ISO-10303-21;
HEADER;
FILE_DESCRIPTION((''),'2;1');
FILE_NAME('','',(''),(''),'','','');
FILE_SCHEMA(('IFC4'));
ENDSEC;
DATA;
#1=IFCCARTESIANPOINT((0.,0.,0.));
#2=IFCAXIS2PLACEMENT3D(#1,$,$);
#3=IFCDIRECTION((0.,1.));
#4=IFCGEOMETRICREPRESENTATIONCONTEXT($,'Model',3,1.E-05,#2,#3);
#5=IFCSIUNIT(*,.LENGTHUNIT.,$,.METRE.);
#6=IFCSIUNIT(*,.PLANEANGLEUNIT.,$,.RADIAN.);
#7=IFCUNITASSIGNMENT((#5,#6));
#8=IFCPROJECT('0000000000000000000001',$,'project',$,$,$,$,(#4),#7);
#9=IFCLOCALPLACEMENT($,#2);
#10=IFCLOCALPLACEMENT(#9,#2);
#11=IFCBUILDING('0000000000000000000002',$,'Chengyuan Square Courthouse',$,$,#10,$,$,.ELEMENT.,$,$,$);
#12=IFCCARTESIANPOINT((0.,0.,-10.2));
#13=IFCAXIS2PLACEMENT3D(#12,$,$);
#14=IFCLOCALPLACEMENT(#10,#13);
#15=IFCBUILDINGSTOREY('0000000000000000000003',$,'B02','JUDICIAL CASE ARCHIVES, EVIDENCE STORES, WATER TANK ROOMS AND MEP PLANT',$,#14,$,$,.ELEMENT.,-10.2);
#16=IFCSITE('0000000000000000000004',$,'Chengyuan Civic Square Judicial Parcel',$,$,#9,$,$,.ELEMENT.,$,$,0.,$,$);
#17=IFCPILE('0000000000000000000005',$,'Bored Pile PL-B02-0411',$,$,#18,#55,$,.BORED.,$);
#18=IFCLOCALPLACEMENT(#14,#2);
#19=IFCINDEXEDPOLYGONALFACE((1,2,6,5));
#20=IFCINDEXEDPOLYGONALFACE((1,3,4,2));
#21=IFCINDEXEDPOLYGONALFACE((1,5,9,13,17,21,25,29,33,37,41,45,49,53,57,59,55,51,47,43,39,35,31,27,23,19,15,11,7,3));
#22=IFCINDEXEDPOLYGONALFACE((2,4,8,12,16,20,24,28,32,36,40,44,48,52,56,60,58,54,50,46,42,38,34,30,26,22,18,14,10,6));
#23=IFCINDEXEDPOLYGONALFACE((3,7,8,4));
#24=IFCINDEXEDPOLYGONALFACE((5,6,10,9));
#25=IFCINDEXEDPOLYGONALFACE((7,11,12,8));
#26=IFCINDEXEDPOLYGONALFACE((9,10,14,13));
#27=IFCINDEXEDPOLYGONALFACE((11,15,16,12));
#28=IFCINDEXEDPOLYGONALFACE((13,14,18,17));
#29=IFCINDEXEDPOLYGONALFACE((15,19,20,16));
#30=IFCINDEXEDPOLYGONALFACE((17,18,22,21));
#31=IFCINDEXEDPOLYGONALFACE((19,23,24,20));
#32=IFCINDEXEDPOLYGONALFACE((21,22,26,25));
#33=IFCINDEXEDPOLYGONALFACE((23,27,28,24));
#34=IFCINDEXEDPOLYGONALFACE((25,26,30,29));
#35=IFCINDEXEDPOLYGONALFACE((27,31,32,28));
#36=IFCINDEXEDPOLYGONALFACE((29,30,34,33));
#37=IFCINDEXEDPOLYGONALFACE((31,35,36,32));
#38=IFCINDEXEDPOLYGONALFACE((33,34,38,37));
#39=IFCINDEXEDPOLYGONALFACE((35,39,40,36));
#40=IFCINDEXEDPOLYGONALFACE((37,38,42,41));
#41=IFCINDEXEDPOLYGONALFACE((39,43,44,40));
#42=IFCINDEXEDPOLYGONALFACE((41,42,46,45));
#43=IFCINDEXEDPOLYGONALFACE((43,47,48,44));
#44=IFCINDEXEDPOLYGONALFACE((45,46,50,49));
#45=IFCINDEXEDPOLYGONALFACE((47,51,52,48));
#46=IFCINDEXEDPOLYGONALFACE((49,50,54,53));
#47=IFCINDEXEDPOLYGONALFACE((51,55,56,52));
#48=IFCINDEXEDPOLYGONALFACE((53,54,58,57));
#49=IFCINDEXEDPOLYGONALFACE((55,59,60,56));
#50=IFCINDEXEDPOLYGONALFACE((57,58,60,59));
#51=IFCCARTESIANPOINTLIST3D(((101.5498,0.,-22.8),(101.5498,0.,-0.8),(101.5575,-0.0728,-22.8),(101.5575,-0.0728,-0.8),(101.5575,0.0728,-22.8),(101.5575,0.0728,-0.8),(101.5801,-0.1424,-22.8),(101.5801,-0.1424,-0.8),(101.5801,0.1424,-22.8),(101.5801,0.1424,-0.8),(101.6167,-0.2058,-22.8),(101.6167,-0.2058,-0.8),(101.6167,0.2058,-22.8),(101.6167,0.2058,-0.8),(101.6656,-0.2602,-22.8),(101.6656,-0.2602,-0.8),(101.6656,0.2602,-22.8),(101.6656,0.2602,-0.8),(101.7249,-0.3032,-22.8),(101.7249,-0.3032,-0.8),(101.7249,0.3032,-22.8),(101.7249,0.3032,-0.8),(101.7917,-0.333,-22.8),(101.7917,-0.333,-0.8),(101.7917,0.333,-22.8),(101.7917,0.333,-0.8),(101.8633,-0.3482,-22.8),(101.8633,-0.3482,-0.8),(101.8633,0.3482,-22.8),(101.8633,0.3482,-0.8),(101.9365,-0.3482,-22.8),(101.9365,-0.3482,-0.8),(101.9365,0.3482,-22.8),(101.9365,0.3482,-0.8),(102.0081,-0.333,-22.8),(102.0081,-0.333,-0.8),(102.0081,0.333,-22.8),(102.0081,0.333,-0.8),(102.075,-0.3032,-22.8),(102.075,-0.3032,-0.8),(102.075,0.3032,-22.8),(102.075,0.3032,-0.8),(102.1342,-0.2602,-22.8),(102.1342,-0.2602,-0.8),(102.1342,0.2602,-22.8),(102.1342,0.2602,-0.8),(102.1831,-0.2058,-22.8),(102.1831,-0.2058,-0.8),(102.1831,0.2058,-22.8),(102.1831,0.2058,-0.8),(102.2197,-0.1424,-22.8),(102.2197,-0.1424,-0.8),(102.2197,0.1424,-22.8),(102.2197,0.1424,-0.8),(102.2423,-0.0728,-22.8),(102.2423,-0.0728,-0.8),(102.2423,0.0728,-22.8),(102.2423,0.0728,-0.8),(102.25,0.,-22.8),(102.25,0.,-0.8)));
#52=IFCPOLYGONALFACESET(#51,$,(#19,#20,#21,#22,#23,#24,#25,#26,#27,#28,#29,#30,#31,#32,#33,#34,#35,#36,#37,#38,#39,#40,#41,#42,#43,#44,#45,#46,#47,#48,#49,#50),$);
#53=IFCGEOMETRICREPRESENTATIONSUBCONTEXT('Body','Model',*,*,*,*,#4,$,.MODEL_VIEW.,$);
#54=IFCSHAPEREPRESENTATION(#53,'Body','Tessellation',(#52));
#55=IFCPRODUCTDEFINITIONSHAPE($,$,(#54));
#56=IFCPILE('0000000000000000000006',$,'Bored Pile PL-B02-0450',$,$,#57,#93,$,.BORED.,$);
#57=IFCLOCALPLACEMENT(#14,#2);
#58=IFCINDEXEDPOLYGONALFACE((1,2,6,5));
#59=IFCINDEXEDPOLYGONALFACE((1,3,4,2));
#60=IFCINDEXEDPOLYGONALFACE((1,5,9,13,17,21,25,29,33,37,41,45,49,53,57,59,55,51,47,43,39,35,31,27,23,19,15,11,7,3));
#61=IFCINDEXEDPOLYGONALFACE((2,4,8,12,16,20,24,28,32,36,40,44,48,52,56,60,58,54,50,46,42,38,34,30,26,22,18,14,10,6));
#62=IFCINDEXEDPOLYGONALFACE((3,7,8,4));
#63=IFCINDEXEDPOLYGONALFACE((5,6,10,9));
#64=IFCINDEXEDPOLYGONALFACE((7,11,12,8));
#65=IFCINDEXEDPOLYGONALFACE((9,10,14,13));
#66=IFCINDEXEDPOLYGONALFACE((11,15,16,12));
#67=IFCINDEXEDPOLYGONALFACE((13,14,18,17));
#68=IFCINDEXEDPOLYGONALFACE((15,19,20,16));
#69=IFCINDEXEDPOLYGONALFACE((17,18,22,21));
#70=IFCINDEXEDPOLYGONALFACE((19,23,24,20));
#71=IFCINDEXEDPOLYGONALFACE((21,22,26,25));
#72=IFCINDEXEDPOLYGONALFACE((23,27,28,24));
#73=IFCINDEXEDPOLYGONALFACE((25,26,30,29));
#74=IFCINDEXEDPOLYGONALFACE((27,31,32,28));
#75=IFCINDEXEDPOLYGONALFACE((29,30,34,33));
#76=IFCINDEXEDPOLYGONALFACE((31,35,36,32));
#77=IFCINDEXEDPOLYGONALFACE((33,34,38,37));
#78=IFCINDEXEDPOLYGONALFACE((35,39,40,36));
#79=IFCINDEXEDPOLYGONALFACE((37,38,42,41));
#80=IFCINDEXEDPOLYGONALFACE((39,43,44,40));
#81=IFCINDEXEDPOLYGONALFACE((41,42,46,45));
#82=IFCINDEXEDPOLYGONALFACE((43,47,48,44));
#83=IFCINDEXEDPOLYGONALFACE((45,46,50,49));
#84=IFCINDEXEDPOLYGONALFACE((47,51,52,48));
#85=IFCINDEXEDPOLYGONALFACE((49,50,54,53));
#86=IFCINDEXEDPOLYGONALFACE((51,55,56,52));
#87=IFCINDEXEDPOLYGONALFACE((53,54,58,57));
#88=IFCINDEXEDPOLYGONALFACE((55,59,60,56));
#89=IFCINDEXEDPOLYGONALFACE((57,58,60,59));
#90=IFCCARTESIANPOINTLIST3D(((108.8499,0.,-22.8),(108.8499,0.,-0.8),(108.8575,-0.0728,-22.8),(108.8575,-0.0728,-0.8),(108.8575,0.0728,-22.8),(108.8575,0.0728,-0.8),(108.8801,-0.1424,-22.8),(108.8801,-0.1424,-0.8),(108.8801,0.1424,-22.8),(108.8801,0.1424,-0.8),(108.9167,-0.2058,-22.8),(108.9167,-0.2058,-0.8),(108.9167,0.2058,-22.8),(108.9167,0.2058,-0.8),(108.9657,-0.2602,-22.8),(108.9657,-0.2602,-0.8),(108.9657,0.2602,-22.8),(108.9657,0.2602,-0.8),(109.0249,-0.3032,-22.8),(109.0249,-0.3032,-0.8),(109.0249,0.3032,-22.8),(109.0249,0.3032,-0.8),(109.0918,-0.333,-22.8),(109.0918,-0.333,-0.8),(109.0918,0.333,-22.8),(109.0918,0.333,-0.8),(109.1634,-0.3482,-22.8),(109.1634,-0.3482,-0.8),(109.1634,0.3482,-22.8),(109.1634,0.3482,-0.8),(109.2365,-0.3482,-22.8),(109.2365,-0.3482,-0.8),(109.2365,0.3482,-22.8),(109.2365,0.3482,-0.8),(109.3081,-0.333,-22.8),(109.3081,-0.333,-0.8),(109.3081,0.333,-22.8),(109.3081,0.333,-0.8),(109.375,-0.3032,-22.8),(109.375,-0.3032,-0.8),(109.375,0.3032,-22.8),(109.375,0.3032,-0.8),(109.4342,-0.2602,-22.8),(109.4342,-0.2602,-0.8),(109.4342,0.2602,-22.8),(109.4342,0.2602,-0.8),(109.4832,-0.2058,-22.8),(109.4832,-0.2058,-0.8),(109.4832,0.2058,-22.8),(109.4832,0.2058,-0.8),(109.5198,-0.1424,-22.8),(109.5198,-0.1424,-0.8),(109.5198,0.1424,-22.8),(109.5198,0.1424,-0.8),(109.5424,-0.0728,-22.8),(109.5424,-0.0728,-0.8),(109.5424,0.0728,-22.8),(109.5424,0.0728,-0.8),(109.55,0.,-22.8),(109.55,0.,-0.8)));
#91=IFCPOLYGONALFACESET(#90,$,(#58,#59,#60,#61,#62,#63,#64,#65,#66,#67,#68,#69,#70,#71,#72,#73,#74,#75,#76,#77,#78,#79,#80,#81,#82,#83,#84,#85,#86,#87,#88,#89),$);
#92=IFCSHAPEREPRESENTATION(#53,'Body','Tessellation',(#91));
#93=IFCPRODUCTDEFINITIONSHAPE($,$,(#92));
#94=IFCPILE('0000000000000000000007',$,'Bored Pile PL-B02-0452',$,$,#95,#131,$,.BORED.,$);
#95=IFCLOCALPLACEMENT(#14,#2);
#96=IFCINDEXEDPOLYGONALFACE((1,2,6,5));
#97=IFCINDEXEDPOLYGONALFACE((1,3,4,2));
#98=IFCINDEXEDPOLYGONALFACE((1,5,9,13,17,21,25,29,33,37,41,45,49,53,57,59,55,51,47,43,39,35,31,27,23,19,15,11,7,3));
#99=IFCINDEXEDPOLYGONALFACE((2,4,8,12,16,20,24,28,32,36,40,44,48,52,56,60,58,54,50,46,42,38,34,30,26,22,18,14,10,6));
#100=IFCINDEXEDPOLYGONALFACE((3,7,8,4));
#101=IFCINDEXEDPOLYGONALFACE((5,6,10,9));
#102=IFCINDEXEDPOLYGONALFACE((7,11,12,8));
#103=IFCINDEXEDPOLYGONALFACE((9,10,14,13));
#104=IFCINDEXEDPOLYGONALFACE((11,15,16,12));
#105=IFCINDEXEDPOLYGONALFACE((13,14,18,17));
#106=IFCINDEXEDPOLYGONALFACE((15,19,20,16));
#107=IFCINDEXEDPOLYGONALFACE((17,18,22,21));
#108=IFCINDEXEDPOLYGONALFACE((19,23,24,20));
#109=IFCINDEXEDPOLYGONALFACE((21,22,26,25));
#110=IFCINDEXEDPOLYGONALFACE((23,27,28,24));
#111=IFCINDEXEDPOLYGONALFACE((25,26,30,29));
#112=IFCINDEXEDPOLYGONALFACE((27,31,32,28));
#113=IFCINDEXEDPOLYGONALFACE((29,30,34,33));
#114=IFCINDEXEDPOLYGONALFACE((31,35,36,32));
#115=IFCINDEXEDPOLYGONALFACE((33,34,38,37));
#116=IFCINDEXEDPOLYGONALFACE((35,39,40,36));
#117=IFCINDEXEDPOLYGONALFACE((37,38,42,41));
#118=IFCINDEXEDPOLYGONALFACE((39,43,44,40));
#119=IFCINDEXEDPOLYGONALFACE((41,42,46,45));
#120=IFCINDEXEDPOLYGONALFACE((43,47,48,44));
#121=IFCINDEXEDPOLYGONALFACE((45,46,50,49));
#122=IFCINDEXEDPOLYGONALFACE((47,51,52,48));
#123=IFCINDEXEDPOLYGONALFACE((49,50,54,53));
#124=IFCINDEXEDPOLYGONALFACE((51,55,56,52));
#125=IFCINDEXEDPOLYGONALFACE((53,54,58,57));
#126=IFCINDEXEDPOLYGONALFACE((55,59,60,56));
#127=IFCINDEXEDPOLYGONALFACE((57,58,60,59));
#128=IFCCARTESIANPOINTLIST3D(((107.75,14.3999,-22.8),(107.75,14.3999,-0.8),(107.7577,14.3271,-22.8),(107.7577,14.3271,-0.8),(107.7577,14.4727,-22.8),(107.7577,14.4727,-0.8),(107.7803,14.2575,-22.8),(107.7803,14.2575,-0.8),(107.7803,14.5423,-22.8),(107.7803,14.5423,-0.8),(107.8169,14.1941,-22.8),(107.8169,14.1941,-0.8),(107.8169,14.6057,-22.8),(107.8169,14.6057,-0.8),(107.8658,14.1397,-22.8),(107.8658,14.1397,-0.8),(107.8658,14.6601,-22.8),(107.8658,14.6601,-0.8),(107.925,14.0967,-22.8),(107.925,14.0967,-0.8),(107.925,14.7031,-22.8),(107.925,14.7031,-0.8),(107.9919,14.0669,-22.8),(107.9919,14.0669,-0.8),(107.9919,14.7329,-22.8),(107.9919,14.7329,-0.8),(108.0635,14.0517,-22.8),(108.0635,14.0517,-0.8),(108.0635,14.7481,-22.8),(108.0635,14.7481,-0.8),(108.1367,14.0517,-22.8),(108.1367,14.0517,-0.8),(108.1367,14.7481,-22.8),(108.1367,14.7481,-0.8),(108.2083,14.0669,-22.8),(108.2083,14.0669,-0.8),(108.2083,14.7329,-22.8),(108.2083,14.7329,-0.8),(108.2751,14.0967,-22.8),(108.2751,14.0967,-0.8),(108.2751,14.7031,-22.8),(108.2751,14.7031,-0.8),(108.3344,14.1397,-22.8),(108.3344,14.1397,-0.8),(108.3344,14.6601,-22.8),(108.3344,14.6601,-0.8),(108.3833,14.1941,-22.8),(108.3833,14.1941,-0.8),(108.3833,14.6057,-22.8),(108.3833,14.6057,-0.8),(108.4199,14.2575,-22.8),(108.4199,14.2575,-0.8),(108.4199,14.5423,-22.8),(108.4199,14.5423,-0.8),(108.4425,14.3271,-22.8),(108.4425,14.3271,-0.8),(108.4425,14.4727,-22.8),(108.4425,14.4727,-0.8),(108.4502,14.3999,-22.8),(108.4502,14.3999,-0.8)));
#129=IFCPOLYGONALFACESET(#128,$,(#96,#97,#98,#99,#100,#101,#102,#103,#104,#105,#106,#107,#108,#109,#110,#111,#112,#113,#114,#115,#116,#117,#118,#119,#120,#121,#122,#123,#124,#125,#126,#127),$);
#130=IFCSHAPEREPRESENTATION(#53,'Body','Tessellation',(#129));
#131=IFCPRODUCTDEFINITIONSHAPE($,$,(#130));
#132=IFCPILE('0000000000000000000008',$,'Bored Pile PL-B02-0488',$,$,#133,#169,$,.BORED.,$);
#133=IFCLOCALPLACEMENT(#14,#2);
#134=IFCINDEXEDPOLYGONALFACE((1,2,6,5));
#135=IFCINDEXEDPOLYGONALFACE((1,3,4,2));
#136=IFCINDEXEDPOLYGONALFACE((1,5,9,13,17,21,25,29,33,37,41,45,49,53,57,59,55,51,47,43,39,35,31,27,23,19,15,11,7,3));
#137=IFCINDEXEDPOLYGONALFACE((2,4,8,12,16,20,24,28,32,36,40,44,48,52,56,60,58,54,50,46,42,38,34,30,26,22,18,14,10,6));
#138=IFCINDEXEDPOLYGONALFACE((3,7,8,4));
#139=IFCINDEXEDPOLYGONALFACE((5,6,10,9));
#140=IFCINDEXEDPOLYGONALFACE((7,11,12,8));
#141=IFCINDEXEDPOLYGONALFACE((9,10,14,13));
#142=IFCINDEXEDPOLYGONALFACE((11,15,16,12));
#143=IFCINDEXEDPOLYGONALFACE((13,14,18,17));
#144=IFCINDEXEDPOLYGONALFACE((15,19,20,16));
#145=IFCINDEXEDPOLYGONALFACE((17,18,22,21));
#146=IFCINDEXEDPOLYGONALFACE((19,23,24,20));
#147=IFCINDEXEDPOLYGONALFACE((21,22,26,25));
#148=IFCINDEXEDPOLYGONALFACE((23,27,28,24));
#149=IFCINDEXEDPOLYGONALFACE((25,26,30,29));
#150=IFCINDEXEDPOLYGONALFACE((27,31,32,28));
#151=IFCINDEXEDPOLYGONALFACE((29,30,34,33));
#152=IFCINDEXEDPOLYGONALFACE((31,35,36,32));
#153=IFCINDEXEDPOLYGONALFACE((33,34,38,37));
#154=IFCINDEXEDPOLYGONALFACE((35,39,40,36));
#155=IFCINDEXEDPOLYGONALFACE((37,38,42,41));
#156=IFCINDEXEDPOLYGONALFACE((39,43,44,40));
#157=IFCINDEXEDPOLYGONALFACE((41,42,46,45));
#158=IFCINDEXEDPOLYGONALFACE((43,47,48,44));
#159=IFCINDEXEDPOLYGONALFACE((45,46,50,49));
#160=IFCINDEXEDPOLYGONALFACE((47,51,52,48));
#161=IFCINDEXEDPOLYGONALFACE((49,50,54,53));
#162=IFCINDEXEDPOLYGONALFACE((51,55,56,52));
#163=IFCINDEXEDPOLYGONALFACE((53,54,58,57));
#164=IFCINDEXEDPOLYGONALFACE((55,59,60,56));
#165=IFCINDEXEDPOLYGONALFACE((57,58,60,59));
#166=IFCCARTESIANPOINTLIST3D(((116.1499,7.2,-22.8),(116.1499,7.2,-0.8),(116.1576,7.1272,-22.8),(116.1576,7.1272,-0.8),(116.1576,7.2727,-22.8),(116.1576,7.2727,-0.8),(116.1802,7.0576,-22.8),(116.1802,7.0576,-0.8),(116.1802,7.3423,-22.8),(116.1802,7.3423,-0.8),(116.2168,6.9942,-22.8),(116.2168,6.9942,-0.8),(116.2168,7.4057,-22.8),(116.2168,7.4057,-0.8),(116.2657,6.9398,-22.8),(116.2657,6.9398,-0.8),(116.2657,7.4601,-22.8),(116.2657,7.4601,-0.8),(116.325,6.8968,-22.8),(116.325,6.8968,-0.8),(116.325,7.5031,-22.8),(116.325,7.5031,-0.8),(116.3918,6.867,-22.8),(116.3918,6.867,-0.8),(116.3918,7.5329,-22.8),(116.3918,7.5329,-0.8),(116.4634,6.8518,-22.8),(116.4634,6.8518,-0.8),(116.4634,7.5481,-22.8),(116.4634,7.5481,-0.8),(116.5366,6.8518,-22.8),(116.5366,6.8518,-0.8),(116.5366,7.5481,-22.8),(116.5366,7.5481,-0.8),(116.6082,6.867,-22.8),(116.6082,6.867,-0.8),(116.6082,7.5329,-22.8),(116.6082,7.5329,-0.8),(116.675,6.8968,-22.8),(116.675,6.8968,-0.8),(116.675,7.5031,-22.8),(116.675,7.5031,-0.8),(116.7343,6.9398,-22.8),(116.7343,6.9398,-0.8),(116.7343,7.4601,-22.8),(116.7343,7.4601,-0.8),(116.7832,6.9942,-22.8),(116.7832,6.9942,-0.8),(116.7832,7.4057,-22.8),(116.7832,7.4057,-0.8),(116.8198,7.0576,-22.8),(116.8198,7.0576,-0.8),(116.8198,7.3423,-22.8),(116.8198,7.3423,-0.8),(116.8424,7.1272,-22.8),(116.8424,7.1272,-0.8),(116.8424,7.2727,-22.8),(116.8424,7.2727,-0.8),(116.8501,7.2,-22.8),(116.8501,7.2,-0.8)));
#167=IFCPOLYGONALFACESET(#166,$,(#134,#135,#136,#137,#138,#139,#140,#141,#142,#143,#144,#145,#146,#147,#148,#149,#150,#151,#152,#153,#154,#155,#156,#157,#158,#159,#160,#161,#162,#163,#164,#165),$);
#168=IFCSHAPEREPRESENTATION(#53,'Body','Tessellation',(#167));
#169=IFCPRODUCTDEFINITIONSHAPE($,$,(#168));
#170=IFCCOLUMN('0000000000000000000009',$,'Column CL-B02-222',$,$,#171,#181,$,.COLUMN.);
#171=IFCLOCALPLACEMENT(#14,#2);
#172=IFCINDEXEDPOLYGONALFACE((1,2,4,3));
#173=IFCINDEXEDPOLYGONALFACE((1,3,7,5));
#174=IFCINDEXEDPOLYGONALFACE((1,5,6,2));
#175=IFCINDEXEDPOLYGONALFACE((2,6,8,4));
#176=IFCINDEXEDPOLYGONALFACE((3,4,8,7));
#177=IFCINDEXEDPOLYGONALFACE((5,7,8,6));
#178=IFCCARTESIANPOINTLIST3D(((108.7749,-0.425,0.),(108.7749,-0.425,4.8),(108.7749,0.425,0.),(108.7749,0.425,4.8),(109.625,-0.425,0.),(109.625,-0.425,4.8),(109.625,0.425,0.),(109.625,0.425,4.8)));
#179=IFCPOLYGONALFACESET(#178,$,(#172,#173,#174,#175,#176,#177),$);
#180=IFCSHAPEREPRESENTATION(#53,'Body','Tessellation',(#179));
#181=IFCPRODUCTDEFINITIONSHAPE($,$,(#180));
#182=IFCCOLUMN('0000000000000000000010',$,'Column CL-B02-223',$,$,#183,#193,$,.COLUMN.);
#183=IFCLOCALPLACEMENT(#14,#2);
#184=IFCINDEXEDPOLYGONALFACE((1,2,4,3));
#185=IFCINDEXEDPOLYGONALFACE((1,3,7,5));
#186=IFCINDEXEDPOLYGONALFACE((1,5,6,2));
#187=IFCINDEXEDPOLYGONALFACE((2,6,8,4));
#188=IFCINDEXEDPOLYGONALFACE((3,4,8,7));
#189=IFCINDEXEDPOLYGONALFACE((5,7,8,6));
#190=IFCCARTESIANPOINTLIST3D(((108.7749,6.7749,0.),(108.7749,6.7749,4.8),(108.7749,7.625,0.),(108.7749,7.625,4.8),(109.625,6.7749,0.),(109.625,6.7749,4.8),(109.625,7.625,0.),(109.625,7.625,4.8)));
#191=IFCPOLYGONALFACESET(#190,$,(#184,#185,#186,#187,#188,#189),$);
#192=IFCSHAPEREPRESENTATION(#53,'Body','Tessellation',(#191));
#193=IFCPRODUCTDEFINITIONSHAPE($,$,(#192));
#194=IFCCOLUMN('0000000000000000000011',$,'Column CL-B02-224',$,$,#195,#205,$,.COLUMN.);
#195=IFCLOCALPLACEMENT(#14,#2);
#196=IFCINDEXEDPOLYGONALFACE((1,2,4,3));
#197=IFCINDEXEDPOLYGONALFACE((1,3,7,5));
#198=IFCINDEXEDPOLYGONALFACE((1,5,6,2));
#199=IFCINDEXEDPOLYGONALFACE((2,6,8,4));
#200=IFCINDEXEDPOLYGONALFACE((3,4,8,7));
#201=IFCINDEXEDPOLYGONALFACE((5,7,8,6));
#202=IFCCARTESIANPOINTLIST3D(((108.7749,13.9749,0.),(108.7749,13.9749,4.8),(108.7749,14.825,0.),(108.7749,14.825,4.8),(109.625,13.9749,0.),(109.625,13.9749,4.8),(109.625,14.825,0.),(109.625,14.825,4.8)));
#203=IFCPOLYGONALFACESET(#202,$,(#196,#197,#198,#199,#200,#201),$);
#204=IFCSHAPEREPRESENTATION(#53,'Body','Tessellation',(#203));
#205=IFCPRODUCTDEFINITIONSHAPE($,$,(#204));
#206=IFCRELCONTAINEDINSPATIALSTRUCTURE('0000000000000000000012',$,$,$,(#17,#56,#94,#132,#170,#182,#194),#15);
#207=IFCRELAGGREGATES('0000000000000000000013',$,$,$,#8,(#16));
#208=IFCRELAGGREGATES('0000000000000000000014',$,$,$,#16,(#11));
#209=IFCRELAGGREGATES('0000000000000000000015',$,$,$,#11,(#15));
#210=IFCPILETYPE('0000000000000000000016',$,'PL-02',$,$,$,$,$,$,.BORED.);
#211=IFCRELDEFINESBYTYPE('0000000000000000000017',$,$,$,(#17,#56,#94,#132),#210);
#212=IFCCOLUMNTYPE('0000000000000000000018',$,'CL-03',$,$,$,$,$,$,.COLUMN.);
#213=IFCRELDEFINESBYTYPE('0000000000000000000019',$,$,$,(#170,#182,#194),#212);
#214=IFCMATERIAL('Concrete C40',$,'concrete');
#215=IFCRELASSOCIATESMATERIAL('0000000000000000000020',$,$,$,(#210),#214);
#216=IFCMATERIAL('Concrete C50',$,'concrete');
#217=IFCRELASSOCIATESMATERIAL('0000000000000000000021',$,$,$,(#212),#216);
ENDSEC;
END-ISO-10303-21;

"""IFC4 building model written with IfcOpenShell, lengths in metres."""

from ifc_helpers import new_model, si_unit, direction, frame, origin, origin_2d, place, context, subcontext, project, spatial, rectangle, circle, extrude, material, material_profile, profile_set, type_object, element, save


model = new_model("IFC4")

# Units and contexts
model_context = context("Model", 3, precision=1e-05, world=origin(), true_north=direction((0.0, 1.0)))
body_context = subcontext(model_context, "Body", "Model", "MODEL_VIEW")
ifc_project = project(units=[si_unit("LENGTHUNIT", "METRE"), si_unit("PLANEANGLEUNIT", "RADIAN")], contexts=[model_context])

# Site, building, storey
site_placement = place(None, origin())
site = spatial("IfcSite", under=ifc_project, at=site_placement, Name="Chengyuan Civic Square Judicial Parcel", CompositionType="ELEMENT", RefElevation=0.0)
building_placement = place(site_placement, origin())
building = spatial("IfcBuilding", under=site, at=building_placement, Name="Chengyuan Square Courthouse", CompositionType="ELEMENT")
storey_placement = place(building_placement, frame((0.0, 0.0, -10.2)))
storey = spatial("IfcBuildingStorey", under=building, at=storey_placement, Name="B02", Description="JUDICIAL CASE ARCHIVES, EVIDENCE STORES, WATER TANK ROOMS AND MEP PLANT", CompositionType="ELEMENT", Elevation=-10.2)

# Shared definitions
ifc_material_1 = material(Name="Concrete C40", Category="concrete")

# Piles
ifc_material_profile_1 = material_profile(ifc_material_1, circle(Radius=0.3501, at=origin_2d()), Name="BORED PILE D700")
ifc_profile_set_1 = profile_set([ifc_material_profile_1], Name="Concrete C40")
pile_type_1 = type_object("IfcPileType", Name="PL-02", PredefinedType="BORED", material=ifc_profile_set_1)
for number, where, z_axis, x_axis, name in (
    (1, (101.8999, 0.0, -0.8), (0.0, 0.0, -1.0), (1.0, 0.0, 0.0), "Bored Pile PL-B02-0411"),
    (2, (109.2, 0.0, -0.8), (0.0, 0.0, -1.0), (1.0, 0.0, 0.0), "Bored Pile PL-B02-0450"),
    (3, (108.1001, 14.3999, -0.8), (0.0, 0.0, -1.0), (1.0, 0.0, 0.0), "Bored Pile PL-B02-0452"),
    (4, (116.5, 7.2, -0.8), (0.0, 0.0, -1.0), (1.0, 0.0, 0.0), "Bored Pile PL-B02-0488"),
):
    element("IfcPile", number, at=place(storey_placement, frame(where, z_axis=z_axis, x_axis=x_axis)), inside=storey, type_object=pile_type_1, Name=name, PredefinedType="BORED", context=body_context, shape_type="SweptSolid", body=[
        extrude(circle(Radius=0.3501, at=origin_2d()), origin(), (0.0, 0.0, 1.0), 22.0),
    ])

# Columns
ifc_material_2 = material(Name="Concrete C50", Category="concrete")
ifc_material_profile_2 = material_profile(ifc_material_2, rectangle(XDim=0.8501, YDim=0.8501, at=origin_2d()), Name="RC-COL-850x850")
ifc_profile_set_2 = profile_set([ifc_material_profile_2], Name="Concrete C50")
column_type = type_object("IfcColumnType", Name="CL-03", PredefinedType="COLUMN", material=ifc_profile_set_2)
for number, where, z_axis, x_axis, name in (
    (5, (109.2, 0.0, 0.0), (0.0, 0.0, 1.0), (1.0, 0.0, 0.0), "Column CL-B02-222"),
    (6, (109.2, 7.2, 0.0), (0.0, 0.0, 1.0), (1.0, 0.0, 0.0), "Column CL-B02-223"),
    (7, (109.2, 14.3999, 0.0), (0.0, 0.0, 1.0), (1.0, 0.0, 0.0), "Column CL-B02-224"),
):
    element("IfcColumn", number, at=place(storey_placement, frame(where, z_axis=z_axis, x_axis=x_axis)), inside=storey, type_object=column_type, Name=name, PredefinedType="COLUMN", context=body_context, shape_type="SweptSolid", body=[
        extrude(rectangle(XDim=0.8501, YDim=0.8501, at=origin_2d()), origin(), (0.0, 0.0, 1.0), 4.8),
    ])

save(model, "model.ifc")
